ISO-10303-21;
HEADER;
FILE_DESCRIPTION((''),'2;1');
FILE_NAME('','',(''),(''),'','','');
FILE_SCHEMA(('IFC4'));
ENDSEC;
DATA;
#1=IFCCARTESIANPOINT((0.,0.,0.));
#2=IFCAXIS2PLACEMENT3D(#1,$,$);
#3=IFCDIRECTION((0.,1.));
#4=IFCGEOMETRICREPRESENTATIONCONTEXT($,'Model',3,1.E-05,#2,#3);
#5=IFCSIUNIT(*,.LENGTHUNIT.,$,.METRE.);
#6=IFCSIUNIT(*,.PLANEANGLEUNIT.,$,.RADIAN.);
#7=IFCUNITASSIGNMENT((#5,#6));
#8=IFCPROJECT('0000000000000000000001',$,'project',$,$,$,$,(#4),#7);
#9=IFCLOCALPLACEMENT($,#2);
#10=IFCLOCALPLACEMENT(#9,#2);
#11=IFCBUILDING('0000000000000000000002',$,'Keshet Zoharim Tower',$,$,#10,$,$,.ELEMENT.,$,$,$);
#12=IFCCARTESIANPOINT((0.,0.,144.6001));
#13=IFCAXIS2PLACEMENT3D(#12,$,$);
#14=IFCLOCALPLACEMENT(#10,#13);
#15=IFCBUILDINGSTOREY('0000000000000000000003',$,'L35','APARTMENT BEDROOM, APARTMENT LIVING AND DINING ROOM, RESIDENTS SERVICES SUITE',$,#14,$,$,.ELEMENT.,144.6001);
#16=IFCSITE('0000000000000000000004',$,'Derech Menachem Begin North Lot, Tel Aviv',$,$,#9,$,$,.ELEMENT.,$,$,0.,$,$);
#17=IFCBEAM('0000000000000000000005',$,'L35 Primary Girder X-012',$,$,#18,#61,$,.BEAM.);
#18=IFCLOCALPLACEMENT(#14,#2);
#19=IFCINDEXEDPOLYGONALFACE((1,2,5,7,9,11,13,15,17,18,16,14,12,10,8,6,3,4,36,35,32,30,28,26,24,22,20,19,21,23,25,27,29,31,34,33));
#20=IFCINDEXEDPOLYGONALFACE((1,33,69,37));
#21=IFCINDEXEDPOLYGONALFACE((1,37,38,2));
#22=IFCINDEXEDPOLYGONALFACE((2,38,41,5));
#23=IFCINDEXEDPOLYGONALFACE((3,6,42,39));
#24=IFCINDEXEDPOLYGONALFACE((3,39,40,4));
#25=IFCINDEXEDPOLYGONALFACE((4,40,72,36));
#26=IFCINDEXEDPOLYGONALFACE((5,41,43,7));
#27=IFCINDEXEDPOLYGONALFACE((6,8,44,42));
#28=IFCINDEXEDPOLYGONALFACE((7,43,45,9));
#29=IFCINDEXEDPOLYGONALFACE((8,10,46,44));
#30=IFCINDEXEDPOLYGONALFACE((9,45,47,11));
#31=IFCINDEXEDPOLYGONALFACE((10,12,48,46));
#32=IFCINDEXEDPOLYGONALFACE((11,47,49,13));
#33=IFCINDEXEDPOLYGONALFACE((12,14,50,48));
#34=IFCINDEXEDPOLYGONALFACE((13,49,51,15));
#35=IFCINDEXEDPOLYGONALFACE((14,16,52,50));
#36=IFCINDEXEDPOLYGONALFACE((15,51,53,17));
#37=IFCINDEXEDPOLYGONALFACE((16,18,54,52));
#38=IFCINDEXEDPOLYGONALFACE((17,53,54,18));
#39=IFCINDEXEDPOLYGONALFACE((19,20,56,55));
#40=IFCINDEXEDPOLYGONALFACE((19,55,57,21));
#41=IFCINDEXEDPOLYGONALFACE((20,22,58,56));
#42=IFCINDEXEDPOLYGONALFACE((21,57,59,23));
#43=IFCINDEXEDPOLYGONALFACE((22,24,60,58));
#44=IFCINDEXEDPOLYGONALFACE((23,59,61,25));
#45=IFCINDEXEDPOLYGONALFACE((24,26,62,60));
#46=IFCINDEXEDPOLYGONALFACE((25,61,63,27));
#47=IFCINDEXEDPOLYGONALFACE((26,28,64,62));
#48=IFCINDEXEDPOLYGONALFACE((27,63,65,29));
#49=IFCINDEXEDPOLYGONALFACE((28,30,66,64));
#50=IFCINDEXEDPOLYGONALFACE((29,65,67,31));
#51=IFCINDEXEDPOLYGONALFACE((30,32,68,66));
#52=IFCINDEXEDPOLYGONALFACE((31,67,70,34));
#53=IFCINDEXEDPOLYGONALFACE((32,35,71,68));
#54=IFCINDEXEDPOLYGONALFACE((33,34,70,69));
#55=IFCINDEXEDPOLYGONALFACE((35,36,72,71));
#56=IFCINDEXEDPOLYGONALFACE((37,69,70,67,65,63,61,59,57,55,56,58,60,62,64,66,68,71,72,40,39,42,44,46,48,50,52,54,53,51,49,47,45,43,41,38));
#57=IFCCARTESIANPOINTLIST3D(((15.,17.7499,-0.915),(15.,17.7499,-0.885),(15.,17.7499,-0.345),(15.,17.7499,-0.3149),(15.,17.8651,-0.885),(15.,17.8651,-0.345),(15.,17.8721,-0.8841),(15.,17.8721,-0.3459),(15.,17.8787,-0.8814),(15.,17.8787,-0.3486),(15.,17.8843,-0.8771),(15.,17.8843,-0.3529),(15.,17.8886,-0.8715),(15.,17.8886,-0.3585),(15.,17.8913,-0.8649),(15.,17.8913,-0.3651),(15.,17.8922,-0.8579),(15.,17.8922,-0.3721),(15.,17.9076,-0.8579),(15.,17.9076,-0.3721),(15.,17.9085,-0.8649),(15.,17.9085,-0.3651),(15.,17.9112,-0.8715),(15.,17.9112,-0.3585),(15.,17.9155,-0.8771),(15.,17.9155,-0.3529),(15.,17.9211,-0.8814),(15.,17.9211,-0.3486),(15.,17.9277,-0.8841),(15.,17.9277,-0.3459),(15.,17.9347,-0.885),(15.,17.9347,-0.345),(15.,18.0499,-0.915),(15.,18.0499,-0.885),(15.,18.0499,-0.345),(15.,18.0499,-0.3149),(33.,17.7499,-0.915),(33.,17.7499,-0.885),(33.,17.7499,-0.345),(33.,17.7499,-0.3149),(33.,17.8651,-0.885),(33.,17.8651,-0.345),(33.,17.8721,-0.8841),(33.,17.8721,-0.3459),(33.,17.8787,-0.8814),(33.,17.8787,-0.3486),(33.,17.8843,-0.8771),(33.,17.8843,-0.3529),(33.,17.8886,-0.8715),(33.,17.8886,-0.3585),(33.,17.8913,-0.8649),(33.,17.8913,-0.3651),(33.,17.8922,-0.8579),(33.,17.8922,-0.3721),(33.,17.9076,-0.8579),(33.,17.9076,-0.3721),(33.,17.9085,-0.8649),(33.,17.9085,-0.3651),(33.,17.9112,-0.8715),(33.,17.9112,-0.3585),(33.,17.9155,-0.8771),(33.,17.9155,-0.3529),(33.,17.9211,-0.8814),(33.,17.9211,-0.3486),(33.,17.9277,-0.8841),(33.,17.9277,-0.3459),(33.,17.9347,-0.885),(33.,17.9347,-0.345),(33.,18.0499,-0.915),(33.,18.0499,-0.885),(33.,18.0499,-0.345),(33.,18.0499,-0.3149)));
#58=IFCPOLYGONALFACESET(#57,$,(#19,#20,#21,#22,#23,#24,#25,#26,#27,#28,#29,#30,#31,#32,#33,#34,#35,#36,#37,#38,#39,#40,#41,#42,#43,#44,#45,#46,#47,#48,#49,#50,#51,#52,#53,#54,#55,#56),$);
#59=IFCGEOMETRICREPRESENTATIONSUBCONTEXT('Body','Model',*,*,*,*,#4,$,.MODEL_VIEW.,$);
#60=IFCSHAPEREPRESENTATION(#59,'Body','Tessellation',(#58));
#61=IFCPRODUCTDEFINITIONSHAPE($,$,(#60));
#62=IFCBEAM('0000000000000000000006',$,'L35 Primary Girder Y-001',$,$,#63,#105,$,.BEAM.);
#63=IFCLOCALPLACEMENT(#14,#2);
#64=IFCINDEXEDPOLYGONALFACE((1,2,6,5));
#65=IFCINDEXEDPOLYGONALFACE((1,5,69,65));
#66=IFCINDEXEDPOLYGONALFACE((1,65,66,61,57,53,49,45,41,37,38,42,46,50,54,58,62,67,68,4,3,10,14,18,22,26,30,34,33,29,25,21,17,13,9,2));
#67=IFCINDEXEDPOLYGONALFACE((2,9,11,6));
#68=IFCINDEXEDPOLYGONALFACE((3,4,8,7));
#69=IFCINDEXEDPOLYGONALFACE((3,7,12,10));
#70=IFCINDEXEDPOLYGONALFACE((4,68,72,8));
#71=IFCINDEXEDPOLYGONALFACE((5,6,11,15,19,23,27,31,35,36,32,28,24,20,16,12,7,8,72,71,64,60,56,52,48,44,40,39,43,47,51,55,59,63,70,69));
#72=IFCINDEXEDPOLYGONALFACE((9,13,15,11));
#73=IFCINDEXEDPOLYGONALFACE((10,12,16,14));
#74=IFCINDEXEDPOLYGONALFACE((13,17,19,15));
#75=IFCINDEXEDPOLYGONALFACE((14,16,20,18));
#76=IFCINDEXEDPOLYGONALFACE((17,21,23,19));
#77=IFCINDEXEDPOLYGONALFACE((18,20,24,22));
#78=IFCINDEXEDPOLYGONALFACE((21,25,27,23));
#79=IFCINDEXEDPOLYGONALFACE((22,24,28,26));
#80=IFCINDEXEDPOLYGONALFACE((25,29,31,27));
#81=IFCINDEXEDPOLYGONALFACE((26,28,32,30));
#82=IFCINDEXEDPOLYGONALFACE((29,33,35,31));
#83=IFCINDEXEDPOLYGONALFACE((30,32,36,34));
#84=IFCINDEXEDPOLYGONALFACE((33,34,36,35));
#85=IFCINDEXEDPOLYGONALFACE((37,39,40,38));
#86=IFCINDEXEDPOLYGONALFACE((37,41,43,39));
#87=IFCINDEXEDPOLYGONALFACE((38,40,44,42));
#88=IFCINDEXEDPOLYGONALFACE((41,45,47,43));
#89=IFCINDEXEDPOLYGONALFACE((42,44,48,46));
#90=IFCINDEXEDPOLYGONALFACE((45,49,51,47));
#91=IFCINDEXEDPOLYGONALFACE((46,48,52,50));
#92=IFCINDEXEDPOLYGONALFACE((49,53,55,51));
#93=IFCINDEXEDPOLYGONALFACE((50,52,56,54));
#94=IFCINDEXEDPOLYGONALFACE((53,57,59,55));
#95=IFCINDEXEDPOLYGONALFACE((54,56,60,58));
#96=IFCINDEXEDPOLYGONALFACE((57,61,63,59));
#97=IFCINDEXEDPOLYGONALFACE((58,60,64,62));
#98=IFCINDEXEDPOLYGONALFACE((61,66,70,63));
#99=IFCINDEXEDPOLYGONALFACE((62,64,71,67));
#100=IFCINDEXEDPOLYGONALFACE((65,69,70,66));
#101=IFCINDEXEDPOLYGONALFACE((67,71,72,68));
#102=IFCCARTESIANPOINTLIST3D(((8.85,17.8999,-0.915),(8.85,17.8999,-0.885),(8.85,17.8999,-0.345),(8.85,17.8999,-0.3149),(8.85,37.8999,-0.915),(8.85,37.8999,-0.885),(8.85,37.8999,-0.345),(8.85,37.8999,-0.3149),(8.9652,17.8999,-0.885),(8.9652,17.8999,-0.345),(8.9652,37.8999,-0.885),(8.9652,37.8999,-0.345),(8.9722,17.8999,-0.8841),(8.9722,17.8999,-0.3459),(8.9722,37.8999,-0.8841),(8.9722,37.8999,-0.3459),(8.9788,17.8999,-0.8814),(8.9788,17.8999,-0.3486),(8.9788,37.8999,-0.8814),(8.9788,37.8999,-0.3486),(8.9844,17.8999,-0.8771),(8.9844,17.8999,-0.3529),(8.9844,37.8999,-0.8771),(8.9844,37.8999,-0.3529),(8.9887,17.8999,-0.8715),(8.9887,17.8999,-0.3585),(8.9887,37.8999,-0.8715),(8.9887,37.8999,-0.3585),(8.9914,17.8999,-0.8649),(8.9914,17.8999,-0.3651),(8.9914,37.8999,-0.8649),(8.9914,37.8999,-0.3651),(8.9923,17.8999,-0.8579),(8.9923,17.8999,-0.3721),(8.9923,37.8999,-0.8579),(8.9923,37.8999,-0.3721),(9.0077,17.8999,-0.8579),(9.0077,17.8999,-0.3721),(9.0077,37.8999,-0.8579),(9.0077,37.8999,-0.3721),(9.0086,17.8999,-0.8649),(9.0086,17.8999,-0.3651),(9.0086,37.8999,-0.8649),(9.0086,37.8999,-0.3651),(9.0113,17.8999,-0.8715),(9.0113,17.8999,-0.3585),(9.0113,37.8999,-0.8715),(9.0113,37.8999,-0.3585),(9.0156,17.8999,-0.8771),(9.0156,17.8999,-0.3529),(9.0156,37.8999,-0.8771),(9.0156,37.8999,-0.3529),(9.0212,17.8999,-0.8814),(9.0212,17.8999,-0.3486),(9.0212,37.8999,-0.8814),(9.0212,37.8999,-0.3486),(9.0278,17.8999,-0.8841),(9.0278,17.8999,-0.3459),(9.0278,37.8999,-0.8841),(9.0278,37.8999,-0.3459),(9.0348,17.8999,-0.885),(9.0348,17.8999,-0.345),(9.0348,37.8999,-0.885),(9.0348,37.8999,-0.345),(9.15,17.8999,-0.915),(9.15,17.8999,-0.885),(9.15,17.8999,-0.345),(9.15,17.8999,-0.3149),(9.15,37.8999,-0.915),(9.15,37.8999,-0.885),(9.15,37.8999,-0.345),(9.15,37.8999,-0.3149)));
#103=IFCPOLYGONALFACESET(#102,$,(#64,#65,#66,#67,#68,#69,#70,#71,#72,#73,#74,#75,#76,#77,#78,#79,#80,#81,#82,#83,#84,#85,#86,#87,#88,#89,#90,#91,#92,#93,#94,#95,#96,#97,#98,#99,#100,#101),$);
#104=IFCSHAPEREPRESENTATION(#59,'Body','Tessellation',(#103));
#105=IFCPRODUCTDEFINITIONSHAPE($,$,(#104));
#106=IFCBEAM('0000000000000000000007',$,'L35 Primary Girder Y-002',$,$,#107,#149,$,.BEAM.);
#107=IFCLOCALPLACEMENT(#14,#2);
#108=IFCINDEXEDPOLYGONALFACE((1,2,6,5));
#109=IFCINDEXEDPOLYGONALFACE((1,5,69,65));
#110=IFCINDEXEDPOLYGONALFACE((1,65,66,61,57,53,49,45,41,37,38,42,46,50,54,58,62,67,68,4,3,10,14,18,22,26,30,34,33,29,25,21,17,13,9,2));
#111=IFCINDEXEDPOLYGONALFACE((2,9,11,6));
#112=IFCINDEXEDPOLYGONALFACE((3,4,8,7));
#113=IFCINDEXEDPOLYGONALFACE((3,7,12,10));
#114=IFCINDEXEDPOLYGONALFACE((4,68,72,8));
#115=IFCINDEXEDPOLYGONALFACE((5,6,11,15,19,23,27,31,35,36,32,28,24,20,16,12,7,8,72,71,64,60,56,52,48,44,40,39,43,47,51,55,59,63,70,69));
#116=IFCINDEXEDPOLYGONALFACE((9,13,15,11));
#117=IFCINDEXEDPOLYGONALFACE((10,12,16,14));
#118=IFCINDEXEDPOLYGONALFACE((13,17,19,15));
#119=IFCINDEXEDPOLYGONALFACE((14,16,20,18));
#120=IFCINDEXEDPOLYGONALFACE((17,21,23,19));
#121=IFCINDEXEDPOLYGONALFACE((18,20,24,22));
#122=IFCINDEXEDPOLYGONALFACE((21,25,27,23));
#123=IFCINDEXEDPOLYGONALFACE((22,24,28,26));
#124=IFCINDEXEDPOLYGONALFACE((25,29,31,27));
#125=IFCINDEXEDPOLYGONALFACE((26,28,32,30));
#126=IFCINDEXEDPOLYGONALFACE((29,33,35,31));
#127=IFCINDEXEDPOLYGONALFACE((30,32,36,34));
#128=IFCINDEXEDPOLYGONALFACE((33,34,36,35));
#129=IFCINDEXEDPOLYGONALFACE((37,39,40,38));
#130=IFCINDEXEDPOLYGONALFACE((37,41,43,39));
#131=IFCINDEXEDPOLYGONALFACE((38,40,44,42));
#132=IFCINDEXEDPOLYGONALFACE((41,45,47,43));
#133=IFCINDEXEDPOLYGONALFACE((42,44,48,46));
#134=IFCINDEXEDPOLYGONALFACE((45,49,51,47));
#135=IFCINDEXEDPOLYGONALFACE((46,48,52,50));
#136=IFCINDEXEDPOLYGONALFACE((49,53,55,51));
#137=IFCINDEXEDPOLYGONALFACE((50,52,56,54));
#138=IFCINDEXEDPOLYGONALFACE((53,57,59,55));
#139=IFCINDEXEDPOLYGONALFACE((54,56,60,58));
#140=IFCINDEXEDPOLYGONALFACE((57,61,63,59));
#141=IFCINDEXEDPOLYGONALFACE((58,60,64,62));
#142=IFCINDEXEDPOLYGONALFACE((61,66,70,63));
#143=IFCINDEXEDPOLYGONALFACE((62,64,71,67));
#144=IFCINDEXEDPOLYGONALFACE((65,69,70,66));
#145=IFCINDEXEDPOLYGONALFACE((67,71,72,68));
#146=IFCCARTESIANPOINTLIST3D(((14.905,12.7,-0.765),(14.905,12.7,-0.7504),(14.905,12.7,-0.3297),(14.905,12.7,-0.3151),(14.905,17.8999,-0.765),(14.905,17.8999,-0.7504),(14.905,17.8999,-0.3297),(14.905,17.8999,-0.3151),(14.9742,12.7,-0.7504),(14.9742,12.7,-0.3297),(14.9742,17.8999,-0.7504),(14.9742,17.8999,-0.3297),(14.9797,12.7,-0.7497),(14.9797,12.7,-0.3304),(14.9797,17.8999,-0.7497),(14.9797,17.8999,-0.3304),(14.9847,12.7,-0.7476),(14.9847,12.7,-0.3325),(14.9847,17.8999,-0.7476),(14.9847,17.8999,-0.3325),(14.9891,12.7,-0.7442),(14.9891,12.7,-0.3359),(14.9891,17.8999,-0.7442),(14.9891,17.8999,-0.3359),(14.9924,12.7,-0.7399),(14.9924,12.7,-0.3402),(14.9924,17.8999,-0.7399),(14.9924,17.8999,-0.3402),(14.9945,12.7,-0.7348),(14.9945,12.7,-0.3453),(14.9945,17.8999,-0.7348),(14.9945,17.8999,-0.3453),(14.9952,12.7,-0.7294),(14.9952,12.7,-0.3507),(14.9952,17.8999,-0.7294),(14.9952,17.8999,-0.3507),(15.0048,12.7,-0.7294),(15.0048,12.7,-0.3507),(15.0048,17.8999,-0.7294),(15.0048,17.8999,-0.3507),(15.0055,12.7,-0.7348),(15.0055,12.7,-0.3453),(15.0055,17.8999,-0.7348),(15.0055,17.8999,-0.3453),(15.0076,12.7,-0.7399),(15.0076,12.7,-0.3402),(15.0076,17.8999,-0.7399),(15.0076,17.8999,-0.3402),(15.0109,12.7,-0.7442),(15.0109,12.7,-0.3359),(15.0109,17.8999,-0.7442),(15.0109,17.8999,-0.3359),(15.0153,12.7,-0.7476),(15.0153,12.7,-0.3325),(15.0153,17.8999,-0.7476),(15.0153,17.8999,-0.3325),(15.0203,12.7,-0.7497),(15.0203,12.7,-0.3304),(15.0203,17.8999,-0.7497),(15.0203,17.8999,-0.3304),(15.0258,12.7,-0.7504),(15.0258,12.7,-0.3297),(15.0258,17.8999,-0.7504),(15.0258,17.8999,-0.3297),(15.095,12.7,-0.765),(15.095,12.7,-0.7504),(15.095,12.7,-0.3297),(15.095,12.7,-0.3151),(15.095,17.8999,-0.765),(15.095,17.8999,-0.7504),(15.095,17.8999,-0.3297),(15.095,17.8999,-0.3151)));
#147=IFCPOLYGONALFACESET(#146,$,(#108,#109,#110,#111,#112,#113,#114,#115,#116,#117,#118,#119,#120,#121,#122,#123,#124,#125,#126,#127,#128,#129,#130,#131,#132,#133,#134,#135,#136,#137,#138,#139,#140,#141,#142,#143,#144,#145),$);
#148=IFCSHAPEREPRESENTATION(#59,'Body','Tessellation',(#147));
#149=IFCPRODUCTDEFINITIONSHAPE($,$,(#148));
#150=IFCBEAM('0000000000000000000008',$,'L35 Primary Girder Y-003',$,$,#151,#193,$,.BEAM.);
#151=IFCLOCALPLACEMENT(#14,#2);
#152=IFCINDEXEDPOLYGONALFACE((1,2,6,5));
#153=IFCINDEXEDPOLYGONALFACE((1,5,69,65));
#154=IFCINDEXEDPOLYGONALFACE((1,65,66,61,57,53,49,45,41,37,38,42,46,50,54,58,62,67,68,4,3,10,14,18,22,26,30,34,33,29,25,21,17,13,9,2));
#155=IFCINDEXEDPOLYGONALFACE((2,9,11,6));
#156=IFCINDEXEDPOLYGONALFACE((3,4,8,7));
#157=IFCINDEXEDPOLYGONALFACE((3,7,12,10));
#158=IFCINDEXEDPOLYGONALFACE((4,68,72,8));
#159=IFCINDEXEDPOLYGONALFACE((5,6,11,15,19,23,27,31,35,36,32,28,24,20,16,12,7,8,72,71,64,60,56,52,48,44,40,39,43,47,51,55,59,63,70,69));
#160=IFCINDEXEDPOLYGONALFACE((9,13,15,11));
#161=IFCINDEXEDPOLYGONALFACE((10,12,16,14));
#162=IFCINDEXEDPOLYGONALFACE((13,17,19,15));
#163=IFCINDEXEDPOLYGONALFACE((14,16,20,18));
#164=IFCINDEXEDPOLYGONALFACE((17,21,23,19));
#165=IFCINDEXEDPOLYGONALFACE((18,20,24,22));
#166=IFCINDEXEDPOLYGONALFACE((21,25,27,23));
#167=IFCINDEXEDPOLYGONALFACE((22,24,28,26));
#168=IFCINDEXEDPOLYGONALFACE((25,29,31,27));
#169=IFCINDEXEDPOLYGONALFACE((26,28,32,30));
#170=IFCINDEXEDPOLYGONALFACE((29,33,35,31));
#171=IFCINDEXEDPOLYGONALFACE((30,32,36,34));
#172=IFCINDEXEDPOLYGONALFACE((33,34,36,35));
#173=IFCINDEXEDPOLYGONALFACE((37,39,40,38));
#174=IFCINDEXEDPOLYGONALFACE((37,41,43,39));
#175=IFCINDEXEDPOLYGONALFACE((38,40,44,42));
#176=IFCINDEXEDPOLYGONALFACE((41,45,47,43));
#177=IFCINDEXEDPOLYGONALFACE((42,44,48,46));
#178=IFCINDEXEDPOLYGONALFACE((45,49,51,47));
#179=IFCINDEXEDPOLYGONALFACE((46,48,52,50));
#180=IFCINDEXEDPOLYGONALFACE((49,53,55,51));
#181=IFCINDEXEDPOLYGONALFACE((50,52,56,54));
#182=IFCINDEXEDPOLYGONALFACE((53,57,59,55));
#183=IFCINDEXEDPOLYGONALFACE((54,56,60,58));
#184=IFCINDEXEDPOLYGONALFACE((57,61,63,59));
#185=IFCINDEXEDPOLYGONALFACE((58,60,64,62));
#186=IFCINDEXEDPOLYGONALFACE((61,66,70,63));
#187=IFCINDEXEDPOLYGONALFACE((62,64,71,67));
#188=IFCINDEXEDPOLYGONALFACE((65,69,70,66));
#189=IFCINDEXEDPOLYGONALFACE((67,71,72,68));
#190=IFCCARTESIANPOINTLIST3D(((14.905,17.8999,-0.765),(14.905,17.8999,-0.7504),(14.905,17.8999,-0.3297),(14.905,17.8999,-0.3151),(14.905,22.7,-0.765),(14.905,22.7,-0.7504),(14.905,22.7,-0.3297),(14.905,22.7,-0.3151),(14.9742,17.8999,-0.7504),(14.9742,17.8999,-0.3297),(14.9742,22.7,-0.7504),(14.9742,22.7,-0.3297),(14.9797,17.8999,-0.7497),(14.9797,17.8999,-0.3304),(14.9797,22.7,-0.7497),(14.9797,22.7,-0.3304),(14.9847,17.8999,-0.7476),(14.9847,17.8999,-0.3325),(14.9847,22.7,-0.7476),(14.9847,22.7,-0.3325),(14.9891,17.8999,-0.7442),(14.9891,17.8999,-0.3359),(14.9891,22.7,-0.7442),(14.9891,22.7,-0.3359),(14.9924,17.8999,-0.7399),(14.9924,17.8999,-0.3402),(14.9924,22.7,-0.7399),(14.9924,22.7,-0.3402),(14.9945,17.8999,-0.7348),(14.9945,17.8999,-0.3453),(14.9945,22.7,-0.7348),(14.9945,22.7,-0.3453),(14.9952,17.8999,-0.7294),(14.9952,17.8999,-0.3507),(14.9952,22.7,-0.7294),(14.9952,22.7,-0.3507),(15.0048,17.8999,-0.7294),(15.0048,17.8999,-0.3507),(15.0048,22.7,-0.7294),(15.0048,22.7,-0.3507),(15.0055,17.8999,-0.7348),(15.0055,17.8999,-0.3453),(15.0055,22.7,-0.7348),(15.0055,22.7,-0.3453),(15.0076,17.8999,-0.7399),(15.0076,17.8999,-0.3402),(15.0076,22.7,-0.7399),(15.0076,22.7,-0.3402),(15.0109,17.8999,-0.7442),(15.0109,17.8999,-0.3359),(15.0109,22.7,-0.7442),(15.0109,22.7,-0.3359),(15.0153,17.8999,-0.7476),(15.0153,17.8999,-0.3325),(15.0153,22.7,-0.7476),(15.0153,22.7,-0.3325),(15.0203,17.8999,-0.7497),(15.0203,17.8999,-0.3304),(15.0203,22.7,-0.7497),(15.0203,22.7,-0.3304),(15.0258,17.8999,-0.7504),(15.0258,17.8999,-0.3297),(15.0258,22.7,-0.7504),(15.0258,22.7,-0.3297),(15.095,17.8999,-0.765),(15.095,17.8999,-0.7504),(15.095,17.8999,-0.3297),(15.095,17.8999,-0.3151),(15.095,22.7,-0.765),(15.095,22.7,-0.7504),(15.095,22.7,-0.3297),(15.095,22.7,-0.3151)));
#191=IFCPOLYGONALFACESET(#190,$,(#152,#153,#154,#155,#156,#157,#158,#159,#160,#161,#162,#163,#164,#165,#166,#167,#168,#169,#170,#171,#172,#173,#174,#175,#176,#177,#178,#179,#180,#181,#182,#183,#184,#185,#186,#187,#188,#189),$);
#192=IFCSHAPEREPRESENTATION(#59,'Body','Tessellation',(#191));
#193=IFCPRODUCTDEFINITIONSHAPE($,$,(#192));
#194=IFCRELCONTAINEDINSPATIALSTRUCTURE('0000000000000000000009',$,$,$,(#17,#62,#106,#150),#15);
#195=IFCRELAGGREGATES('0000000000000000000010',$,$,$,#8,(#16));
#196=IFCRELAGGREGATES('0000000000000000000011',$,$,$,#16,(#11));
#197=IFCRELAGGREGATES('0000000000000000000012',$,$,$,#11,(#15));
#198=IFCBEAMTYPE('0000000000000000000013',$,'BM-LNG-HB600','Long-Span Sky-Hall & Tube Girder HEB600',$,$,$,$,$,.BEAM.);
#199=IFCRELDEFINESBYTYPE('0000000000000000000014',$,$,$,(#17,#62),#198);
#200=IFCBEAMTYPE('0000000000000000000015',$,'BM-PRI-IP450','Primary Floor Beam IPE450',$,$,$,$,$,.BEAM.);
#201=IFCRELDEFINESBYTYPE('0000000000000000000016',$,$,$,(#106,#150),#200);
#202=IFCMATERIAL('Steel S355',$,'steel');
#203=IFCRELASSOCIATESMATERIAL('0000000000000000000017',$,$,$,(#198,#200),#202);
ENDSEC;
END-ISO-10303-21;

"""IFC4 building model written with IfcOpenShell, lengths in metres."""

from ifc_helpers import new_model, si_unit, direction, frame, origin, origin_2d, place, context, subcontext, project, spatial, i_section, extrude, material, material_profile, profile_set, type_object, element, save


model = new_model("IFC4")

# Units and contexts
model_context = context("Model", 3, precision=1e-05, world=origin(), true_north=direction((0.0, 1.0)))
body_context = subcontext(model_context, "Body", "Model", "MODEL_VIEW")
ifc_project = project(units=[si_unit("LENGTHUNIT", "METRE"), si_unit("PLANEANGLEUNIT", "RADIAN")], contexts=[model_context])

# Site, building, storey
site_placement = place(None, origin())
site = spatial("IfcSite", under=ifc_project, at=site_placement, Name="Derech Menachem Begin North Lot, Tel Aviv", CompositionType="ELEMENT", RefElevation=0.0)
building_placement = place(site_placement, origin())
building = spatial("IfcBuilding", under=site, at=building_placement, Name="Keshet Zoharim Tower", CompositionType="ELEMENT")
storey_placement = place(building_placement, frame((0.0, 0.0, 144.6001)))
storey = spatial("IfcBuildingStorey", under=building, at=storey_placement, Name="L35", Description="APARTMENT BEDROOM, APARTMENT LIVING AND DINING ROOM, RESIDENTS SERVICES SUITE", CompositionType="ELEMENT", Elevation=144.6001)

# Shared definitions
ifc_material_1 = material(Name="Steel S355", Category="steel")

# Beams
ifc_material_profile_1 = material_profile(ifc_material_1, i_section(OverallWidth=0.3, OverallDepth=0.6001, WebThickness=0.0154, FlangeThickness=0.03, FilletRadius=0.0271, at=origin_2d()), Name="HEB600")
ifc_profile_set_1 = profile_set([ifc_material_profile_1], Name="Steel S355")
beam_type_1 = type_object("IfcBeamType", Name="BM-LNG-HB600", Description="Long-Span Sky-Hall & Tube Girder HEB600", PredefinedType="BEAM", material=ifc_profile_set_1)
for number, where, z_axis, x_axis, name in (
    (1, (15.0, 17.8999, -0.615), (1.0, 0.0, 0.0), (0.0, 1.0, 0.0), "L35 Primary Girder X-012"),
):
    element("IfcBeam", number, at=place(storey_placement, frame(where, z_axis=z_axis, x_axis=x_axis)), inside=storey, type_object=beam_type_1, Name=name, PredefinedType="BEAM", context=body_context, shape_type="SweptSolid", body=[
        extrude(i_section(OverallWidth=0.3, OverallDepth=0.6001, WebThickness=0.0154, FlangeThickness=0.03, FilletRadius=0.0271, at=origin_2d()), origin(), (0.0, 0.0, 1.0), 18.0),
    ])
beam_1_placement = place(storey_placement, frame((9.0, 17.8999, -0.615), z_axis=(0.0, 1.0, 0.0), x_axis=(-1.0, 0.0, 0.0)))
element("IfcBeam", 2, at=beam_1_placement, inside=storey, type_object=beam_type_1, Name="L35 Primary Girder Y-001", PredefinedType="BEAM", context=body_context, shape_type="SweptSolid", body=[
    extrude(i_section(OverallWidth=0.3, OverallDepth=0.6001, WebThickness=0.0154, FlangeThickness=0.03, FilletRadius=0.0271, at=origin_2d()), origin(), (0.0, 0.0, 1.0), 20.0),
])
ifc_material_profile_2 = material_profile(ifc_material_1, i_section(OverallWidth=0.1899, OverallDepth=0.45, WebThickness=0.0095, FlangeThickness=0.0146, FilletRadius=0.021, at=origin_2d()), Name="IPE450")
ifc_profile_set_2 = profile_set([ifc_material_profile_2], Name="Steel S355")
beam_type_2 = type_object("IfcBeamType", Name="BM-PRI-IP450", Description="Primary Floor Beam IPE450", PredefinedType="BEAM", material=ifc_profile_set_2)
beam_2_placement = place(storey_placement, frame((15.0, 12.7, -0.54), z_axis=(0.0, 1.0, 0.0), x_axis=(-1.0, 0.0, 0.0)))
element("IfcBeam", 3, at=beam_2_placement, inside=storey, type_object=beam_type_2, Name="L35 Primary Girder Y-002", PredefinedType="BEAM", context=body_context, shape_type="SweptSolid", body=[
    extrude(i_section(OverallWidth=0.1899, OverallDepth=0.45, WebThickness=0.0095, FlangeThickness=0.0146, FilletRadius=0.021, at=origin_2d()), origin(), (0.0, 0.0, 1.0), 5.2),
])
beam_3_placement = place(storey_placement, frame((15.0, 17.8999, -0.54), z_axis=(0.0, 1.0, 0.0), x_axis=(-1.0, 0.0, 0.0)))
element("IfcBeam", 4, at=beam_3_placement, inside=storey, type_object=beam_type_2, Name="L35 Primary Girder Y-003", PredefinedType="BEAM", context=body_context, shape_type="SweptSolid", body=[
    extrude(i_section(OverallWidth=0.1899, OverallDepth=0.45, WebThickness=0.0095, FlangeThickness=0.0146, FilletRadius=0.021, at=origin_2d()), origin(), (0.0, 0.0, 1.0), 4.8),
])

save(model, "model.ifc")
